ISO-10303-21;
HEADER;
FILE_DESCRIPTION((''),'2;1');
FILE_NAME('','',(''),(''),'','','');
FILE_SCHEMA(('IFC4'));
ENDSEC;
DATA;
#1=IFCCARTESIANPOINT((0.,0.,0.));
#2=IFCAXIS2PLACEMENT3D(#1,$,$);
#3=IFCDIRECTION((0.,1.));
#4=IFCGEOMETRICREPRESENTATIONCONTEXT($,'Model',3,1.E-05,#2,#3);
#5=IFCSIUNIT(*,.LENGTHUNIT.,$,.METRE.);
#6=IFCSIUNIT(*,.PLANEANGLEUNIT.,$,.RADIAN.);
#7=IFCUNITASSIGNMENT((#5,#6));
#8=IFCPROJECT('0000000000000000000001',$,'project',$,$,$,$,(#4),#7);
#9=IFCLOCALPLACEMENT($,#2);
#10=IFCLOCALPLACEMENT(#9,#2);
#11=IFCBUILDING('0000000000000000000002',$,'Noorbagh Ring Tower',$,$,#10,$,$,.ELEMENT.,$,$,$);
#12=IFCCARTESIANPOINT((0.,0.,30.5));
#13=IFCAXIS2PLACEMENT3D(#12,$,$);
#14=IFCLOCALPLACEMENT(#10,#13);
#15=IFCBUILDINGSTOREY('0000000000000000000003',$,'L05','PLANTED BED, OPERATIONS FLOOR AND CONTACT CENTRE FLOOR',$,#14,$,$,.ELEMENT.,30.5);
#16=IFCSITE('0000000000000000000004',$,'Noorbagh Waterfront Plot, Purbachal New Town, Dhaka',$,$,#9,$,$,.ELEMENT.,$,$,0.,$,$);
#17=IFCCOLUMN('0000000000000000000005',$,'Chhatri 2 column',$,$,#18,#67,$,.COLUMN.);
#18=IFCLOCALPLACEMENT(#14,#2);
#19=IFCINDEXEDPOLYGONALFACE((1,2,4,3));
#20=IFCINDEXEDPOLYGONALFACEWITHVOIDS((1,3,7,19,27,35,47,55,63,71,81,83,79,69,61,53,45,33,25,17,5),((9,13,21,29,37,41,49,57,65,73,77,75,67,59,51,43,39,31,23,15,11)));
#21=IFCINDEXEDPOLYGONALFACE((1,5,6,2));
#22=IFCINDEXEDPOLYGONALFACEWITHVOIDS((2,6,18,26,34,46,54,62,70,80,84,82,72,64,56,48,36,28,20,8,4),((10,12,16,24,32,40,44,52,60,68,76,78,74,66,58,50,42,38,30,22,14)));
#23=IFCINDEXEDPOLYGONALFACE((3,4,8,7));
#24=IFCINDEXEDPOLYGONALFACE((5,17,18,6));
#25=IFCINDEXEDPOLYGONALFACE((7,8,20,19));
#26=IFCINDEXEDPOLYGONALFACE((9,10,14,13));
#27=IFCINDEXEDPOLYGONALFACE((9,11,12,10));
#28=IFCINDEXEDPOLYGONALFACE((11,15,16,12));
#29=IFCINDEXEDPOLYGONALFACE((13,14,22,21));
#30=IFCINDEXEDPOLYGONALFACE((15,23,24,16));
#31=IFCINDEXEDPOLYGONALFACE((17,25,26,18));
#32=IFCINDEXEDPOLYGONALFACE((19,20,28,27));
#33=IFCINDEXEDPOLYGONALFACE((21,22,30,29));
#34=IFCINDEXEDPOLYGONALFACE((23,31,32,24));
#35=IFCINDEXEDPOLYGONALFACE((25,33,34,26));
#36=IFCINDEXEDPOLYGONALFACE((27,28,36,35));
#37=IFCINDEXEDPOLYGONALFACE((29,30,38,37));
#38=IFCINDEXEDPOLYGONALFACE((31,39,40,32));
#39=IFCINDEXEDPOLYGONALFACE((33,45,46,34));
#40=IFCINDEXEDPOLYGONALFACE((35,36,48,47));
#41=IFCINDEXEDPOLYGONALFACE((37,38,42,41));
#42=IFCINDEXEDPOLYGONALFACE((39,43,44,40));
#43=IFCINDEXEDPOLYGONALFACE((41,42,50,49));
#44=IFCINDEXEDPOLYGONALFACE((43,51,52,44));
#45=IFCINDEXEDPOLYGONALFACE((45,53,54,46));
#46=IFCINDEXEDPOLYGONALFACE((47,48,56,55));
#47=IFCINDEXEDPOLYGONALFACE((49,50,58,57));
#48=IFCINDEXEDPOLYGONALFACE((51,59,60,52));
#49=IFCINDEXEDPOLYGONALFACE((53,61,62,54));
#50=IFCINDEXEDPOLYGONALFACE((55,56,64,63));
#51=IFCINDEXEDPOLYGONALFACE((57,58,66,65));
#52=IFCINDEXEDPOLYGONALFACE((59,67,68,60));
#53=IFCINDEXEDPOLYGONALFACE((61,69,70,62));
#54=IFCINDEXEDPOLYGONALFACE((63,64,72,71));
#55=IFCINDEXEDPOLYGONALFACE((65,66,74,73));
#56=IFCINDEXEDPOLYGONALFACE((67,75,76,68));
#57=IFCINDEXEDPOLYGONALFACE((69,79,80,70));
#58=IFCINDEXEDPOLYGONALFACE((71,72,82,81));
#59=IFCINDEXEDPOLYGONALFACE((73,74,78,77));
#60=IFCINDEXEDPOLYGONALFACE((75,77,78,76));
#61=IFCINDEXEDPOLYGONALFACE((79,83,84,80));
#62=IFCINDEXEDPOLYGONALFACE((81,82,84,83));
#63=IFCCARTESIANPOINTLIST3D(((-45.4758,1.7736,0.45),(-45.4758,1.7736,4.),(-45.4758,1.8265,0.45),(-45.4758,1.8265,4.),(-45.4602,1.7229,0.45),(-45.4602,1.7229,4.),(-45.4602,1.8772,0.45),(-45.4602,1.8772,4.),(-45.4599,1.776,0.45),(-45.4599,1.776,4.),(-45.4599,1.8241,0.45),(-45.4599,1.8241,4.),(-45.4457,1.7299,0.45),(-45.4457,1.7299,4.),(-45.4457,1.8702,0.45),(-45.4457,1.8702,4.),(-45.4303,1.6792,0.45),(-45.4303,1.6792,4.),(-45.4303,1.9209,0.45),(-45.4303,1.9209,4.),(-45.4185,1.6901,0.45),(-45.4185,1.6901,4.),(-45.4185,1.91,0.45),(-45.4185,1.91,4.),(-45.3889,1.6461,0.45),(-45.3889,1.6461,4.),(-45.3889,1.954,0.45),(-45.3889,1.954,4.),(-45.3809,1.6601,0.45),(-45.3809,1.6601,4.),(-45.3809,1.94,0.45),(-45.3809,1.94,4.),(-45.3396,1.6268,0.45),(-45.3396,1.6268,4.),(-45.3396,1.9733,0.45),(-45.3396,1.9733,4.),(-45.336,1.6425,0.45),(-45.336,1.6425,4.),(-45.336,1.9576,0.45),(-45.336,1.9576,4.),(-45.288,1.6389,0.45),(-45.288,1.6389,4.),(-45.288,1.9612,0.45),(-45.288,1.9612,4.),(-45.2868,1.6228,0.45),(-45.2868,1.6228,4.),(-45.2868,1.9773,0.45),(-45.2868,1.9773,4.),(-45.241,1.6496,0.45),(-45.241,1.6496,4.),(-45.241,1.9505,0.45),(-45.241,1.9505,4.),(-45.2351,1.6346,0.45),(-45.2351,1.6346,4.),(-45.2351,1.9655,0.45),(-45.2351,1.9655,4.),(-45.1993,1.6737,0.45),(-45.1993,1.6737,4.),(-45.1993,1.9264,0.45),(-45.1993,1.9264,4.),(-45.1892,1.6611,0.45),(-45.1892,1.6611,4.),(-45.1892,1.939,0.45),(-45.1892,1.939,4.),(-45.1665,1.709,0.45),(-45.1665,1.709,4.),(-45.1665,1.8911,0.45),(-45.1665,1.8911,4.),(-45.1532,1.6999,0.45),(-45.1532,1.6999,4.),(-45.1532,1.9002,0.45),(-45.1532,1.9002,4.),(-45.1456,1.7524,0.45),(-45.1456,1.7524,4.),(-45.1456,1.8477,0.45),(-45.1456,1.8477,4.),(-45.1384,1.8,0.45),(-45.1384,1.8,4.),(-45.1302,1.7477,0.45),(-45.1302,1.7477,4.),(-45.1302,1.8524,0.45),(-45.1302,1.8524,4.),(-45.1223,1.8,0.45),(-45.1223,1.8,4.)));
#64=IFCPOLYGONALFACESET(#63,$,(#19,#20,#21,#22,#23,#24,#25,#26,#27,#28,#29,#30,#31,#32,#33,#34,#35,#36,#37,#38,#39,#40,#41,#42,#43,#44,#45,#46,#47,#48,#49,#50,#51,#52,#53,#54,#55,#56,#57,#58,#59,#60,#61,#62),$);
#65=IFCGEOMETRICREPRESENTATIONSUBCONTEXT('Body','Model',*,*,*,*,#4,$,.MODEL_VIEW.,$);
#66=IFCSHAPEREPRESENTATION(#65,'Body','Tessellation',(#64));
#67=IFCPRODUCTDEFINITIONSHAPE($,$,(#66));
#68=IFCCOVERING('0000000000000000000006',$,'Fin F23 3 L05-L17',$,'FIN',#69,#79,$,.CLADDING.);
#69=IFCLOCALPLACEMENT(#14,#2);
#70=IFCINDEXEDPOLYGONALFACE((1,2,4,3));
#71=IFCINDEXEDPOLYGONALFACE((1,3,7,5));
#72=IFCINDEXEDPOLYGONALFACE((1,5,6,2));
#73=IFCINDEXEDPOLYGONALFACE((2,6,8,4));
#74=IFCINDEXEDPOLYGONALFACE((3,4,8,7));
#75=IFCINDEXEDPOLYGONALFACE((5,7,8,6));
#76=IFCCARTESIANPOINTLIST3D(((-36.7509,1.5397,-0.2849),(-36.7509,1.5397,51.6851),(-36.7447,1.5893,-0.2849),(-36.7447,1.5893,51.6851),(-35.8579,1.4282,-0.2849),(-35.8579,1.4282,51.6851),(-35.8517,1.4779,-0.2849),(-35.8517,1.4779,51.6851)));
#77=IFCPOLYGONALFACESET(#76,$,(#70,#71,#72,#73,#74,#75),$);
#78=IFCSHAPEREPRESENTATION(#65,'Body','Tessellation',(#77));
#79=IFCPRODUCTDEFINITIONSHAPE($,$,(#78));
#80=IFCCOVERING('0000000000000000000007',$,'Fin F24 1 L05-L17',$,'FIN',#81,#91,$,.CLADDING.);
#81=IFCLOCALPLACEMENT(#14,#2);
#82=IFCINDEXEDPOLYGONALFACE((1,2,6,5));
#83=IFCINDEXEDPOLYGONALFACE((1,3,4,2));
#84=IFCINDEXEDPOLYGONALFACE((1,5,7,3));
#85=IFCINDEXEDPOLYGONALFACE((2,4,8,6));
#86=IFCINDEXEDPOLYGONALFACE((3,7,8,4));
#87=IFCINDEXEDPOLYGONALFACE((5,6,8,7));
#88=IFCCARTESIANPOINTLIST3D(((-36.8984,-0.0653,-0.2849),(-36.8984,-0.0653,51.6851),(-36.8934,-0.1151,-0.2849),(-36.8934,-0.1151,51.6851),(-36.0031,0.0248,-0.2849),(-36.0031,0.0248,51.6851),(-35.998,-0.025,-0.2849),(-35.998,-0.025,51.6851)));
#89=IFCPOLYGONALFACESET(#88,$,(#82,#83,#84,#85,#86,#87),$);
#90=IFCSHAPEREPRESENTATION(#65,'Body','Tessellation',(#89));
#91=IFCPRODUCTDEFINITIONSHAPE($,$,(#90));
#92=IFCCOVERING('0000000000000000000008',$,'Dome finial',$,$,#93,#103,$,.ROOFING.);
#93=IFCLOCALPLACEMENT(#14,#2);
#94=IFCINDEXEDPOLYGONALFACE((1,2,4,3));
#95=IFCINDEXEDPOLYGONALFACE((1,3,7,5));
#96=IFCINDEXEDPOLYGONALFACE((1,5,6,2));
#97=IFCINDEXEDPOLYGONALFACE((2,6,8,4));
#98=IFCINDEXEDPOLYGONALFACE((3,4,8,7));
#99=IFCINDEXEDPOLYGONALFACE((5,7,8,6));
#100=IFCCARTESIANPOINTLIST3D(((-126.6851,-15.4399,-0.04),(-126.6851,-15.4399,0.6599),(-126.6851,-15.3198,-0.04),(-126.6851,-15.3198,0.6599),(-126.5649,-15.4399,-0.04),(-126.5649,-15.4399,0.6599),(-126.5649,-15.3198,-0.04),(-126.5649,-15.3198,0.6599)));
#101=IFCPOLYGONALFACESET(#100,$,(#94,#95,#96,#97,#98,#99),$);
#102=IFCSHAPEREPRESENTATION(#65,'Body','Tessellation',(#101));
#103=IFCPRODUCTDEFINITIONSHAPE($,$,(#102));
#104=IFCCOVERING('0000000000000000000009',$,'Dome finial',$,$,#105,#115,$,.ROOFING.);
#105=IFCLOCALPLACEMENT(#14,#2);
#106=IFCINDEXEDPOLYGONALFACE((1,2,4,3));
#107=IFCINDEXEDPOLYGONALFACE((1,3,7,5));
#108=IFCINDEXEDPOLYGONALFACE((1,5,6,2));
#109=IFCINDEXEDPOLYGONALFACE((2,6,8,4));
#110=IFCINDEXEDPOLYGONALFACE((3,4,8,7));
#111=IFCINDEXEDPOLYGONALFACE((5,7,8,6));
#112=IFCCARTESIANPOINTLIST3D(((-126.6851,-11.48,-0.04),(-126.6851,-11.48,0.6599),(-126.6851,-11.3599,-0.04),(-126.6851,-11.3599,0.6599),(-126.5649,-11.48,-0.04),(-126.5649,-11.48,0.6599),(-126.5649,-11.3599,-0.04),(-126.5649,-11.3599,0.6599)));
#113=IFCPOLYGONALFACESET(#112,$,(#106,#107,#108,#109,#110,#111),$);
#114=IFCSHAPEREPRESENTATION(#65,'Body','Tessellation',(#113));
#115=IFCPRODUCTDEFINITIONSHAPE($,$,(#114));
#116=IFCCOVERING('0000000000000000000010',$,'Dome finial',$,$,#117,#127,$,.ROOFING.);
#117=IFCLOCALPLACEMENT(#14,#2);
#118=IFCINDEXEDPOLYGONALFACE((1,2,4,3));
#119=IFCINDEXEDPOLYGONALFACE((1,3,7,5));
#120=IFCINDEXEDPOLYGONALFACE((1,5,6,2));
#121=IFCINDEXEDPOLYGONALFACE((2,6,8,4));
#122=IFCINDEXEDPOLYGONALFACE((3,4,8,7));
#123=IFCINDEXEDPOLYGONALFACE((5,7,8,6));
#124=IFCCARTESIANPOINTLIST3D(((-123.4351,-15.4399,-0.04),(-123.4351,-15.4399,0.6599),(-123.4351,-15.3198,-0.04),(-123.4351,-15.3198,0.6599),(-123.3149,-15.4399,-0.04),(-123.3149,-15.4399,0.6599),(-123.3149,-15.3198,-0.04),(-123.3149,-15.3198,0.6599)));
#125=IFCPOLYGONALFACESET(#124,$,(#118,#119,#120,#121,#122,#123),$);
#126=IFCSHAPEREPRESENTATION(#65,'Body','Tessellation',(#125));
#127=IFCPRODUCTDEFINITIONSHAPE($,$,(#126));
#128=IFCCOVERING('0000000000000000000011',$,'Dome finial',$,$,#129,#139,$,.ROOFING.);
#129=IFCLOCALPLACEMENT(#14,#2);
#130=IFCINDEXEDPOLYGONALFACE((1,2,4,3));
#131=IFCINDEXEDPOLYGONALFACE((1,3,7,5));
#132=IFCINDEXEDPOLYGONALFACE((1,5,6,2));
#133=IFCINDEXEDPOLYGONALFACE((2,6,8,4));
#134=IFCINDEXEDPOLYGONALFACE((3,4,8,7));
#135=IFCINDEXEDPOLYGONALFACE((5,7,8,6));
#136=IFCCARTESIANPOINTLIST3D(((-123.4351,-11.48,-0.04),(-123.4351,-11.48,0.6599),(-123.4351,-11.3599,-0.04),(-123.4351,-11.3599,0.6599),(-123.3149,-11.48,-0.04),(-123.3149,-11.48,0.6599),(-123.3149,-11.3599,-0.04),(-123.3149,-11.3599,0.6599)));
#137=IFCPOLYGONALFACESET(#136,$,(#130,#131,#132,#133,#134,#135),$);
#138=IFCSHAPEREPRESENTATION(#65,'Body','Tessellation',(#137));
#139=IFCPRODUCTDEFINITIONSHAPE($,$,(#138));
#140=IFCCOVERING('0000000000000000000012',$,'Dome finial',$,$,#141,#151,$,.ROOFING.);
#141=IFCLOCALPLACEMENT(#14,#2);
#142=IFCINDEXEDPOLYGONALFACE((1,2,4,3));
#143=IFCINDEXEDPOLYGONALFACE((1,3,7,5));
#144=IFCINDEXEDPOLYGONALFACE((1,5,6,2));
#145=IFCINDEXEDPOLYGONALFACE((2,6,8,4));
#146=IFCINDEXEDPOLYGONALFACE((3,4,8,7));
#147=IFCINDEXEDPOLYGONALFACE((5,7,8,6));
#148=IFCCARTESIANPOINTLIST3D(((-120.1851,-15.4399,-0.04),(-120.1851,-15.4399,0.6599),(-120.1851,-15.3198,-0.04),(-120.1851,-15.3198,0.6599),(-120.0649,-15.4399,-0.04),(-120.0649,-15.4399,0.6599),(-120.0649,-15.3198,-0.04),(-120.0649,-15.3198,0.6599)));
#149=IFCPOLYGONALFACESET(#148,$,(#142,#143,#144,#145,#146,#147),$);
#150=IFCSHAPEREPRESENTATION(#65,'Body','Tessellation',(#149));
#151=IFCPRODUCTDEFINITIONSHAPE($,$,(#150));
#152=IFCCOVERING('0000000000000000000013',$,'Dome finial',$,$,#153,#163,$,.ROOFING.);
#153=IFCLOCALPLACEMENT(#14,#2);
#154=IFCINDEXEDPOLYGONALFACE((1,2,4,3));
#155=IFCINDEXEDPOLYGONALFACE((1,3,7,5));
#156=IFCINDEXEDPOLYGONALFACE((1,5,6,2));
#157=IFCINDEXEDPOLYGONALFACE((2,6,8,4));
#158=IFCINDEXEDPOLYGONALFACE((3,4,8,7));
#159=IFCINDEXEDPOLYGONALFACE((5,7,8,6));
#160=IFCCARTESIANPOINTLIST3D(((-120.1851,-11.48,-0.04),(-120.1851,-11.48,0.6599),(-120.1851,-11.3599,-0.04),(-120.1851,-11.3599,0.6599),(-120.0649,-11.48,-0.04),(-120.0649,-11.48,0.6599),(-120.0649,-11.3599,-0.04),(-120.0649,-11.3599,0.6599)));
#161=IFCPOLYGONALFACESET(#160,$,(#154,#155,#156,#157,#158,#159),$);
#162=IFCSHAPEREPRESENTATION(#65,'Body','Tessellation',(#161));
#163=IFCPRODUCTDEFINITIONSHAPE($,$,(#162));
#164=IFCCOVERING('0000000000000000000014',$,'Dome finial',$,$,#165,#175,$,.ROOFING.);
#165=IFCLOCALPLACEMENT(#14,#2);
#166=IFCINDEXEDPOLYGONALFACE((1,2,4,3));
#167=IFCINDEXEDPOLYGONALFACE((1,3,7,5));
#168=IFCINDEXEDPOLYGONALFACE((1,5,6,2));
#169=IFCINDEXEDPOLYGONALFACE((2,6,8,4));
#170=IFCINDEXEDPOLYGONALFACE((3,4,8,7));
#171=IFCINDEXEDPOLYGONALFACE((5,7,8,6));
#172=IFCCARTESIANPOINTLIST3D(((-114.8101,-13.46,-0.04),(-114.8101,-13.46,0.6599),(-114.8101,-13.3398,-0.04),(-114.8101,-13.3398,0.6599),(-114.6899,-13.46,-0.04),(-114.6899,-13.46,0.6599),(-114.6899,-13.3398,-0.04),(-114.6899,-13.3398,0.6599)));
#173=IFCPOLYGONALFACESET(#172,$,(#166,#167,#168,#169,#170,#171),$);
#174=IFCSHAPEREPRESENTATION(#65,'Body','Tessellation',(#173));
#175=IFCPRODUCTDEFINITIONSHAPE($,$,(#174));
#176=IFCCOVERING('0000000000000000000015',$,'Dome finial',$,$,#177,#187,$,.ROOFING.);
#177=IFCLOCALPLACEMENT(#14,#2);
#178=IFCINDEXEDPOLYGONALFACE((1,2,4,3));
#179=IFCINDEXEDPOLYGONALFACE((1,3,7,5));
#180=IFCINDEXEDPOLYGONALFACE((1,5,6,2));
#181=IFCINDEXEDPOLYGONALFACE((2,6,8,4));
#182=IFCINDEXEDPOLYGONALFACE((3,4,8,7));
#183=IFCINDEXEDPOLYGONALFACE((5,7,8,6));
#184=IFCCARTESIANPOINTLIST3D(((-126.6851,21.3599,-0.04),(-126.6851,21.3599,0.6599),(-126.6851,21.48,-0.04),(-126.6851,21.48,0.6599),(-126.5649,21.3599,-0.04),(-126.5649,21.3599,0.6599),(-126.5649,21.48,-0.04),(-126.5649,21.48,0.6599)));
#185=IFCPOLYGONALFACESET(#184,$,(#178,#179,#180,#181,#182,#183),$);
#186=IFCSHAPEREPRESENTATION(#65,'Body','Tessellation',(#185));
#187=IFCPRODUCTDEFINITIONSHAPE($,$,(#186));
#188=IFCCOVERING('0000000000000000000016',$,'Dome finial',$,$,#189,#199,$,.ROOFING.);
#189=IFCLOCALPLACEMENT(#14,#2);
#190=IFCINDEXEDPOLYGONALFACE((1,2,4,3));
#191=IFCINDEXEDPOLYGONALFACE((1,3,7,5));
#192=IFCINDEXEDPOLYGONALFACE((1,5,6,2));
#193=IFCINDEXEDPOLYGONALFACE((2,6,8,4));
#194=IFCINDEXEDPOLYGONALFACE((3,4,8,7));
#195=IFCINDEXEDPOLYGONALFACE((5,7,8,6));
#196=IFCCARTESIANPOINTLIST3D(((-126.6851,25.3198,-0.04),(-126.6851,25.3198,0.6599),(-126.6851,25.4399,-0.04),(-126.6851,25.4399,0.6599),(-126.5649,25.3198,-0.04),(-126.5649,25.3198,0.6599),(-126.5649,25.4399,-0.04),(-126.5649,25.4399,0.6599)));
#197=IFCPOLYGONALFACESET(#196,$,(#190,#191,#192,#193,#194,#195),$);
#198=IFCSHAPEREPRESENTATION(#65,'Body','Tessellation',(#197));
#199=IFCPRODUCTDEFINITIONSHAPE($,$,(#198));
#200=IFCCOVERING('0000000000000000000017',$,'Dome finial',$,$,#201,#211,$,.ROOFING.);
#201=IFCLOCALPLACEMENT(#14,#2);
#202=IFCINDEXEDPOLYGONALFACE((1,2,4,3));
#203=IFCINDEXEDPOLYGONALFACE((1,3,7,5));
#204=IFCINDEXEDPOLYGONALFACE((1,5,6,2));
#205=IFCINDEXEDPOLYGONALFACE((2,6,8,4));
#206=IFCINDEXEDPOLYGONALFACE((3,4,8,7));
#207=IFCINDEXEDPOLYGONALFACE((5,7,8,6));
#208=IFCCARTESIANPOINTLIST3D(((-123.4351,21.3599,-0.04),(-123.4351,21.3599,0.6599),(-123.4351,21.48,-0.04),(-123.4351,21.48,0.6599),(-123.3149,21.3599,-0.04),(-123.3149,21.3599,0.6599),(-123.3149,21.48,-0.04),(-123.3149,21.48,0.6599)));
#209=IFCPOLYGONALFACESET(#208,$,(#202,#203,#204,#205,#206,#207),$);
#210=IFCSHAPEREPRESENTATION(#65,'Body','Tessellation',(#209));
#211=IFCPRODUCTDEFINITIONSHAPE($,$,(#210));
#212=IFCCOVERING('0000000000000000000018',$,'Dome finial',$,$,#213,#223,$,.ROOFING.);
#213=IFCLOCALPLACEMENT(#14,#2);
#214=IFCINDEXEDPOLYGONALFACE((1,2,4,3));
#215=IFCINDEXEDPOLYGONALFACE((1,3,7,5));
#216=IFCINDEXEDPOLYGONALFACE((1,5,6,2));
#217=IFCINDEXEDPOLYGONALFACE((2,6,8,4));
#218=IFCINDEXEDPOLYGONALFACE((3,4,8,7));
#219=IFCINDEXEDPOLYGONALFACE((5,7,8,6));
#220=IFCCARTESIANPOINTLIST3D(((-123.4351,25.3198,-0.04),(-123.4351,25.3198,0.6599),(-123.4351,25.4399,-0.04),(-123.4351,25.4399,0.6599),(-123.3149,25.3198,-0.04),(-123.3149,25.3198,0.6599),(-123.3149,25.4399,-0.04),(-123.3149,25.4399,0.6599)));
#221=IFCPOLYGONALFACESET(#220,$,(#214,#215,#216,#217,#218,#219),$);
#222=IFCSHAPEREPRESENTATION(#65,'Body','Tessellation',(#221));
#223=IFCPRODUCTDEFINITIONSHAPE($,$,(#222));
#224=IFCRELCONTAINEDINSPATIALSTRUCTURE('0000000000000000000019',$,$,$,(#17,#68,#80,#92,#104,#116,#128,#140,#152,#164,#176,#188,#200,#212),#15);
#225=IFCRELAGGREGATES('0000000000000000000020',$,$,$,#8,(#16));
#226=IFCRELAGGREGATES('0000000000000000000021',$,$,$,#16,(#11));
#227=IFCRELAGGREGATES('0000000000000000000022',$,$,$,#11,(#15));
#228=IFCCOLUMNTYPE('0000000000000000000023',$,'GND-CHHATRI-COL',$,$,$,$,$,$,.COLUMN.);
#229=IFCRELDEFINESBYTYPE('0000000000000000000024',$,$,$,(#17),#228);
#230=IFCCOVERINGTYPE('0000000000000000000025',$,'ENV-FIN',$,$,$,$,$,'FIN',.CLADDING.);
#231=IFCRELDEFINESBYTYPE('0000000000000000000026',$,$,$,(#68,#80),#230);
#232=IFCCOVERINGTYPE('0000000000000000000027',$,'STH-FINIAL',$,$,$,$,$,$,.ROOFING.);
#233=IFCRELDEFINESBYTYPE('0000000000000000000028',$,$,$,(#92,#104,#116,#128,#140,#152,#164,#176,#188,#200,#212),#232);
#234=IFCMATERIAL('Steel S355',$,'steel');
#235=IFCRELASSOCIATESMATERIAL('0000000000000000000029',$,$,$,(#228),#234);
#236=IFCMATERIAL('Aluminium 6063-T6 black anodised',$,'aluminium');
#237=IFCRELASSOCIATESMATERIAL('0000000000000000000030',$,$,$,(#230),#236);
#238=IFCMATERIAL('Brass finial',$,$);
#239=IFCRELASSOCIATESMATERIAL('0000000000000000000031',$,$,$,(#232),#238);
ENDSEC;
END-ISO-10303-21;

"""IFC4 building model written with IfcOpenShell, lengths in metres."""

from ifc_helpers import new_model, si_unit, direction, frame, origin, origin_2d, place, context, subcontext, project, spatial, rectangle, hollow_circle, extrude, material, material_profile, profile_set, type_object, element, save


model = new_model("IFC4")

# Units and contexts
model_context = context("Model", 3, precision=1e-05, world=origin(), true_north=direction((0.0, 1.0)))
body_context = subcontext(model_context, "Body", "Model", "MODEL_VIEW")
ifc_project = project(units=[si_unit("LENGTHUNIT", "METRE"), si_unit("PLANEANGLEUNIT", "RADIAN")], contexts=[model_context])

# Site, building, storey
site_placement = place(None, origin())
site = spatial("IfcSite", under=ifc_project, at=site_placement, Name="Noorbagh Waterfront Plot, Purbachal New Town, Dhaka", CompositionType="ELEMENT", RefElevation=0.0)
building_placement = place(site_placement, origin())
building = spatial("IfcBuilding", under=site, at=building_placement, Name="Noorbagh Ring Tower", CompositionType="ELEMENT")
storey_placement = place(building_placement, frame((0.0, 0.0, 30.5)))
storey = spatial("IfcBuildingStorey", under=building, at=storey_placement, Name="L05", Description="PLANTED BED, OPERATIONS FLOOR AND CONTACT CENTRE FLOOR", CompositionType="ELEMENT", Elevation=30.5)

# Column
ifc_material_1 = material(Name="Steel S355", Category="steel")
ifc_material_profile_1 = material_profile(ifc_material_1, hollow_circle(Radius=0.1777, WallThickness=0.0161, at=origin_2d()), Name="CHS355.6x16")
ifc_profile_set_1 = profile_set([ifc_material_profile_1], Name="Steel S355")
column_type = type_object("IfcColumnType", Name="GND-CHHATRI-COL", PredefinedType="COLUMN", material=ifc_profile_set_1)
for number, where, z_axis, x_axis, name in (
    (1, (-45.3, 1.8, 0.45), (0.0, 0.0, 1.0), (1.0, 0.0, 0.0), "Chhatri 2 column"),
):
    element("IfcColumn", number, at=place(storey_placement, frame(where, z_axis=z_axis, x_axis=x_axis)), inside=storey, type_object=column_type, Name=name, PredefinedType="COLUMN", context=body_context, shape_type="SweptSolid", body=[
        extrude(hollow_circle(Radius=0.1777, WallThickness=0.0161, at=origin_2d()), origin(), (0.0, 0.0, 1.0), 3.55),
    ])

# Coverings
ifc_material_2 = material(Name="Aluminium 6063-T6 black anodised", Category="aluminium")
ifc_material_profile_2 = material_profile(ifc_material_2, rectangle(XDim=0.8999, YDim=0.05, at=origin_2d()), Name="900x50")
ifc_profile_set_2 = profile_set([ifc_material_profile_2], Name="Aluminium 6063-T6 black anodised")
covering_type_1 = type_object("IfcCoveringType", Name="ENV-FIN", ElementType="FIN", PredefinedType="CLADDING", material=ifc_profile_set_2)
for number, where, z_axis, x_axis, name in (
    (2, (-36.3013, 1.5088, -0.2849), (0.0, 0.0, 1.0), (-0.992303, 0.123835, 0.0), "Fin F23 3 L05-L17"),
    (3, (-36.4482, -0.0452, -0.2849), (0.0, 0.0, 1.0), (-0.99497, -0.100178, 0.0), "Fin F24 1 L05-L17"),
):
    element("IfcCovering", number, at=place(storey_placement, frame(where, z_axis=z_axis, x_axis=x_axis)), inside=storey, type_object=covering_type_1, Name=name, ObjectType="FIN", PredefinedType="CLADDING", context=body_context, shape_type="SweptSolid", body=[
        extrude(rectangle(XDim=0.8999, YDim=0.05, at=origin_2d()), origin(), (0.0, 0.0, 1.0), 51.97),
    ])
ifc_material_3 = material(Name="Brass finial")
covering_type_2 = type_object("IfcCoveringType", Name="STH-FINIAL", PredefinedType="ROOFING", material=ifc_material_3)
for number, where, z_axis, x_axis, name in (
    (4, (-126.625, -15.3799, -0.04), (0.0, 0.0, 1.0), (1.0, 0.0, 0.0), "Dome finial"),
    (5, (-126.625, -11.4199, -0.04), (0.0, 0.0, 1.0), (1.0, 0.0, 0.0), "Dome finial"),
    (6, (-123.375, -15.3799, -0.04), (0.0, 0.0, 1.0), (1.0, 0.0, 0.0), "Dome finial"),
    (7, (-123.375, -11.4199, -0.04), (0.0, 0.0, 1.0), (1.0, 0.0, 0.0), "Dome finial"),
    (8, (-120.125, -15.3799, -0.04), (0.0, 0.0, 1.0), (1.0, 0.0, 0.0), "Dome finial"),
    (9, (-120.125, -11.4199, -0.04), (0.0, 0.0, 1.0), (1.0, 0.0, 0.0), "Dome finial"),
    (10, (-114.75, -13.3999, -0.04), (0.0, 0.0, 1.0), (1.0, 0.0, 0.0), "Dome finial"),
    (11, (-126.625, 21.4199, -0.04), (0.0, 0.0, 1.0), (1.0, 0.0, 0.0), "Dome finial"),
    (12, (-126.625, 25.3799, -0.04), (0.0, 0.0, 1.0), (1.0, 0.0, 0.0), "Dome finial"),
    (13, (-123.375, 21.4199, -0.04), (0.0, 0.0, 1.0), (1.0, 0.0, 0.0), "Dome finial"),
    (14, (-123.375, 25.3799, -0.04), (0.0, 0.0, 1.0), (1.0, 0.0, 0.0), "Dome finial"),
):
    element("IfcCovering", number, at=place(storey_placement, frame(where, z_axis=z_axis, x_axis=x_axis)), inside=storey, type_object=covering_type_2, Name=name, PredefinedType="ROOFING", context=body_context, shape_type="SweptSolid", body=[
        extrude(rectangle(XDim=0.1201, YDim=0.1201, at=origin_2d()), origin(), (0.0, 0.0, 1.0), 0.7),
    ])

save(model, "model.ifc")
